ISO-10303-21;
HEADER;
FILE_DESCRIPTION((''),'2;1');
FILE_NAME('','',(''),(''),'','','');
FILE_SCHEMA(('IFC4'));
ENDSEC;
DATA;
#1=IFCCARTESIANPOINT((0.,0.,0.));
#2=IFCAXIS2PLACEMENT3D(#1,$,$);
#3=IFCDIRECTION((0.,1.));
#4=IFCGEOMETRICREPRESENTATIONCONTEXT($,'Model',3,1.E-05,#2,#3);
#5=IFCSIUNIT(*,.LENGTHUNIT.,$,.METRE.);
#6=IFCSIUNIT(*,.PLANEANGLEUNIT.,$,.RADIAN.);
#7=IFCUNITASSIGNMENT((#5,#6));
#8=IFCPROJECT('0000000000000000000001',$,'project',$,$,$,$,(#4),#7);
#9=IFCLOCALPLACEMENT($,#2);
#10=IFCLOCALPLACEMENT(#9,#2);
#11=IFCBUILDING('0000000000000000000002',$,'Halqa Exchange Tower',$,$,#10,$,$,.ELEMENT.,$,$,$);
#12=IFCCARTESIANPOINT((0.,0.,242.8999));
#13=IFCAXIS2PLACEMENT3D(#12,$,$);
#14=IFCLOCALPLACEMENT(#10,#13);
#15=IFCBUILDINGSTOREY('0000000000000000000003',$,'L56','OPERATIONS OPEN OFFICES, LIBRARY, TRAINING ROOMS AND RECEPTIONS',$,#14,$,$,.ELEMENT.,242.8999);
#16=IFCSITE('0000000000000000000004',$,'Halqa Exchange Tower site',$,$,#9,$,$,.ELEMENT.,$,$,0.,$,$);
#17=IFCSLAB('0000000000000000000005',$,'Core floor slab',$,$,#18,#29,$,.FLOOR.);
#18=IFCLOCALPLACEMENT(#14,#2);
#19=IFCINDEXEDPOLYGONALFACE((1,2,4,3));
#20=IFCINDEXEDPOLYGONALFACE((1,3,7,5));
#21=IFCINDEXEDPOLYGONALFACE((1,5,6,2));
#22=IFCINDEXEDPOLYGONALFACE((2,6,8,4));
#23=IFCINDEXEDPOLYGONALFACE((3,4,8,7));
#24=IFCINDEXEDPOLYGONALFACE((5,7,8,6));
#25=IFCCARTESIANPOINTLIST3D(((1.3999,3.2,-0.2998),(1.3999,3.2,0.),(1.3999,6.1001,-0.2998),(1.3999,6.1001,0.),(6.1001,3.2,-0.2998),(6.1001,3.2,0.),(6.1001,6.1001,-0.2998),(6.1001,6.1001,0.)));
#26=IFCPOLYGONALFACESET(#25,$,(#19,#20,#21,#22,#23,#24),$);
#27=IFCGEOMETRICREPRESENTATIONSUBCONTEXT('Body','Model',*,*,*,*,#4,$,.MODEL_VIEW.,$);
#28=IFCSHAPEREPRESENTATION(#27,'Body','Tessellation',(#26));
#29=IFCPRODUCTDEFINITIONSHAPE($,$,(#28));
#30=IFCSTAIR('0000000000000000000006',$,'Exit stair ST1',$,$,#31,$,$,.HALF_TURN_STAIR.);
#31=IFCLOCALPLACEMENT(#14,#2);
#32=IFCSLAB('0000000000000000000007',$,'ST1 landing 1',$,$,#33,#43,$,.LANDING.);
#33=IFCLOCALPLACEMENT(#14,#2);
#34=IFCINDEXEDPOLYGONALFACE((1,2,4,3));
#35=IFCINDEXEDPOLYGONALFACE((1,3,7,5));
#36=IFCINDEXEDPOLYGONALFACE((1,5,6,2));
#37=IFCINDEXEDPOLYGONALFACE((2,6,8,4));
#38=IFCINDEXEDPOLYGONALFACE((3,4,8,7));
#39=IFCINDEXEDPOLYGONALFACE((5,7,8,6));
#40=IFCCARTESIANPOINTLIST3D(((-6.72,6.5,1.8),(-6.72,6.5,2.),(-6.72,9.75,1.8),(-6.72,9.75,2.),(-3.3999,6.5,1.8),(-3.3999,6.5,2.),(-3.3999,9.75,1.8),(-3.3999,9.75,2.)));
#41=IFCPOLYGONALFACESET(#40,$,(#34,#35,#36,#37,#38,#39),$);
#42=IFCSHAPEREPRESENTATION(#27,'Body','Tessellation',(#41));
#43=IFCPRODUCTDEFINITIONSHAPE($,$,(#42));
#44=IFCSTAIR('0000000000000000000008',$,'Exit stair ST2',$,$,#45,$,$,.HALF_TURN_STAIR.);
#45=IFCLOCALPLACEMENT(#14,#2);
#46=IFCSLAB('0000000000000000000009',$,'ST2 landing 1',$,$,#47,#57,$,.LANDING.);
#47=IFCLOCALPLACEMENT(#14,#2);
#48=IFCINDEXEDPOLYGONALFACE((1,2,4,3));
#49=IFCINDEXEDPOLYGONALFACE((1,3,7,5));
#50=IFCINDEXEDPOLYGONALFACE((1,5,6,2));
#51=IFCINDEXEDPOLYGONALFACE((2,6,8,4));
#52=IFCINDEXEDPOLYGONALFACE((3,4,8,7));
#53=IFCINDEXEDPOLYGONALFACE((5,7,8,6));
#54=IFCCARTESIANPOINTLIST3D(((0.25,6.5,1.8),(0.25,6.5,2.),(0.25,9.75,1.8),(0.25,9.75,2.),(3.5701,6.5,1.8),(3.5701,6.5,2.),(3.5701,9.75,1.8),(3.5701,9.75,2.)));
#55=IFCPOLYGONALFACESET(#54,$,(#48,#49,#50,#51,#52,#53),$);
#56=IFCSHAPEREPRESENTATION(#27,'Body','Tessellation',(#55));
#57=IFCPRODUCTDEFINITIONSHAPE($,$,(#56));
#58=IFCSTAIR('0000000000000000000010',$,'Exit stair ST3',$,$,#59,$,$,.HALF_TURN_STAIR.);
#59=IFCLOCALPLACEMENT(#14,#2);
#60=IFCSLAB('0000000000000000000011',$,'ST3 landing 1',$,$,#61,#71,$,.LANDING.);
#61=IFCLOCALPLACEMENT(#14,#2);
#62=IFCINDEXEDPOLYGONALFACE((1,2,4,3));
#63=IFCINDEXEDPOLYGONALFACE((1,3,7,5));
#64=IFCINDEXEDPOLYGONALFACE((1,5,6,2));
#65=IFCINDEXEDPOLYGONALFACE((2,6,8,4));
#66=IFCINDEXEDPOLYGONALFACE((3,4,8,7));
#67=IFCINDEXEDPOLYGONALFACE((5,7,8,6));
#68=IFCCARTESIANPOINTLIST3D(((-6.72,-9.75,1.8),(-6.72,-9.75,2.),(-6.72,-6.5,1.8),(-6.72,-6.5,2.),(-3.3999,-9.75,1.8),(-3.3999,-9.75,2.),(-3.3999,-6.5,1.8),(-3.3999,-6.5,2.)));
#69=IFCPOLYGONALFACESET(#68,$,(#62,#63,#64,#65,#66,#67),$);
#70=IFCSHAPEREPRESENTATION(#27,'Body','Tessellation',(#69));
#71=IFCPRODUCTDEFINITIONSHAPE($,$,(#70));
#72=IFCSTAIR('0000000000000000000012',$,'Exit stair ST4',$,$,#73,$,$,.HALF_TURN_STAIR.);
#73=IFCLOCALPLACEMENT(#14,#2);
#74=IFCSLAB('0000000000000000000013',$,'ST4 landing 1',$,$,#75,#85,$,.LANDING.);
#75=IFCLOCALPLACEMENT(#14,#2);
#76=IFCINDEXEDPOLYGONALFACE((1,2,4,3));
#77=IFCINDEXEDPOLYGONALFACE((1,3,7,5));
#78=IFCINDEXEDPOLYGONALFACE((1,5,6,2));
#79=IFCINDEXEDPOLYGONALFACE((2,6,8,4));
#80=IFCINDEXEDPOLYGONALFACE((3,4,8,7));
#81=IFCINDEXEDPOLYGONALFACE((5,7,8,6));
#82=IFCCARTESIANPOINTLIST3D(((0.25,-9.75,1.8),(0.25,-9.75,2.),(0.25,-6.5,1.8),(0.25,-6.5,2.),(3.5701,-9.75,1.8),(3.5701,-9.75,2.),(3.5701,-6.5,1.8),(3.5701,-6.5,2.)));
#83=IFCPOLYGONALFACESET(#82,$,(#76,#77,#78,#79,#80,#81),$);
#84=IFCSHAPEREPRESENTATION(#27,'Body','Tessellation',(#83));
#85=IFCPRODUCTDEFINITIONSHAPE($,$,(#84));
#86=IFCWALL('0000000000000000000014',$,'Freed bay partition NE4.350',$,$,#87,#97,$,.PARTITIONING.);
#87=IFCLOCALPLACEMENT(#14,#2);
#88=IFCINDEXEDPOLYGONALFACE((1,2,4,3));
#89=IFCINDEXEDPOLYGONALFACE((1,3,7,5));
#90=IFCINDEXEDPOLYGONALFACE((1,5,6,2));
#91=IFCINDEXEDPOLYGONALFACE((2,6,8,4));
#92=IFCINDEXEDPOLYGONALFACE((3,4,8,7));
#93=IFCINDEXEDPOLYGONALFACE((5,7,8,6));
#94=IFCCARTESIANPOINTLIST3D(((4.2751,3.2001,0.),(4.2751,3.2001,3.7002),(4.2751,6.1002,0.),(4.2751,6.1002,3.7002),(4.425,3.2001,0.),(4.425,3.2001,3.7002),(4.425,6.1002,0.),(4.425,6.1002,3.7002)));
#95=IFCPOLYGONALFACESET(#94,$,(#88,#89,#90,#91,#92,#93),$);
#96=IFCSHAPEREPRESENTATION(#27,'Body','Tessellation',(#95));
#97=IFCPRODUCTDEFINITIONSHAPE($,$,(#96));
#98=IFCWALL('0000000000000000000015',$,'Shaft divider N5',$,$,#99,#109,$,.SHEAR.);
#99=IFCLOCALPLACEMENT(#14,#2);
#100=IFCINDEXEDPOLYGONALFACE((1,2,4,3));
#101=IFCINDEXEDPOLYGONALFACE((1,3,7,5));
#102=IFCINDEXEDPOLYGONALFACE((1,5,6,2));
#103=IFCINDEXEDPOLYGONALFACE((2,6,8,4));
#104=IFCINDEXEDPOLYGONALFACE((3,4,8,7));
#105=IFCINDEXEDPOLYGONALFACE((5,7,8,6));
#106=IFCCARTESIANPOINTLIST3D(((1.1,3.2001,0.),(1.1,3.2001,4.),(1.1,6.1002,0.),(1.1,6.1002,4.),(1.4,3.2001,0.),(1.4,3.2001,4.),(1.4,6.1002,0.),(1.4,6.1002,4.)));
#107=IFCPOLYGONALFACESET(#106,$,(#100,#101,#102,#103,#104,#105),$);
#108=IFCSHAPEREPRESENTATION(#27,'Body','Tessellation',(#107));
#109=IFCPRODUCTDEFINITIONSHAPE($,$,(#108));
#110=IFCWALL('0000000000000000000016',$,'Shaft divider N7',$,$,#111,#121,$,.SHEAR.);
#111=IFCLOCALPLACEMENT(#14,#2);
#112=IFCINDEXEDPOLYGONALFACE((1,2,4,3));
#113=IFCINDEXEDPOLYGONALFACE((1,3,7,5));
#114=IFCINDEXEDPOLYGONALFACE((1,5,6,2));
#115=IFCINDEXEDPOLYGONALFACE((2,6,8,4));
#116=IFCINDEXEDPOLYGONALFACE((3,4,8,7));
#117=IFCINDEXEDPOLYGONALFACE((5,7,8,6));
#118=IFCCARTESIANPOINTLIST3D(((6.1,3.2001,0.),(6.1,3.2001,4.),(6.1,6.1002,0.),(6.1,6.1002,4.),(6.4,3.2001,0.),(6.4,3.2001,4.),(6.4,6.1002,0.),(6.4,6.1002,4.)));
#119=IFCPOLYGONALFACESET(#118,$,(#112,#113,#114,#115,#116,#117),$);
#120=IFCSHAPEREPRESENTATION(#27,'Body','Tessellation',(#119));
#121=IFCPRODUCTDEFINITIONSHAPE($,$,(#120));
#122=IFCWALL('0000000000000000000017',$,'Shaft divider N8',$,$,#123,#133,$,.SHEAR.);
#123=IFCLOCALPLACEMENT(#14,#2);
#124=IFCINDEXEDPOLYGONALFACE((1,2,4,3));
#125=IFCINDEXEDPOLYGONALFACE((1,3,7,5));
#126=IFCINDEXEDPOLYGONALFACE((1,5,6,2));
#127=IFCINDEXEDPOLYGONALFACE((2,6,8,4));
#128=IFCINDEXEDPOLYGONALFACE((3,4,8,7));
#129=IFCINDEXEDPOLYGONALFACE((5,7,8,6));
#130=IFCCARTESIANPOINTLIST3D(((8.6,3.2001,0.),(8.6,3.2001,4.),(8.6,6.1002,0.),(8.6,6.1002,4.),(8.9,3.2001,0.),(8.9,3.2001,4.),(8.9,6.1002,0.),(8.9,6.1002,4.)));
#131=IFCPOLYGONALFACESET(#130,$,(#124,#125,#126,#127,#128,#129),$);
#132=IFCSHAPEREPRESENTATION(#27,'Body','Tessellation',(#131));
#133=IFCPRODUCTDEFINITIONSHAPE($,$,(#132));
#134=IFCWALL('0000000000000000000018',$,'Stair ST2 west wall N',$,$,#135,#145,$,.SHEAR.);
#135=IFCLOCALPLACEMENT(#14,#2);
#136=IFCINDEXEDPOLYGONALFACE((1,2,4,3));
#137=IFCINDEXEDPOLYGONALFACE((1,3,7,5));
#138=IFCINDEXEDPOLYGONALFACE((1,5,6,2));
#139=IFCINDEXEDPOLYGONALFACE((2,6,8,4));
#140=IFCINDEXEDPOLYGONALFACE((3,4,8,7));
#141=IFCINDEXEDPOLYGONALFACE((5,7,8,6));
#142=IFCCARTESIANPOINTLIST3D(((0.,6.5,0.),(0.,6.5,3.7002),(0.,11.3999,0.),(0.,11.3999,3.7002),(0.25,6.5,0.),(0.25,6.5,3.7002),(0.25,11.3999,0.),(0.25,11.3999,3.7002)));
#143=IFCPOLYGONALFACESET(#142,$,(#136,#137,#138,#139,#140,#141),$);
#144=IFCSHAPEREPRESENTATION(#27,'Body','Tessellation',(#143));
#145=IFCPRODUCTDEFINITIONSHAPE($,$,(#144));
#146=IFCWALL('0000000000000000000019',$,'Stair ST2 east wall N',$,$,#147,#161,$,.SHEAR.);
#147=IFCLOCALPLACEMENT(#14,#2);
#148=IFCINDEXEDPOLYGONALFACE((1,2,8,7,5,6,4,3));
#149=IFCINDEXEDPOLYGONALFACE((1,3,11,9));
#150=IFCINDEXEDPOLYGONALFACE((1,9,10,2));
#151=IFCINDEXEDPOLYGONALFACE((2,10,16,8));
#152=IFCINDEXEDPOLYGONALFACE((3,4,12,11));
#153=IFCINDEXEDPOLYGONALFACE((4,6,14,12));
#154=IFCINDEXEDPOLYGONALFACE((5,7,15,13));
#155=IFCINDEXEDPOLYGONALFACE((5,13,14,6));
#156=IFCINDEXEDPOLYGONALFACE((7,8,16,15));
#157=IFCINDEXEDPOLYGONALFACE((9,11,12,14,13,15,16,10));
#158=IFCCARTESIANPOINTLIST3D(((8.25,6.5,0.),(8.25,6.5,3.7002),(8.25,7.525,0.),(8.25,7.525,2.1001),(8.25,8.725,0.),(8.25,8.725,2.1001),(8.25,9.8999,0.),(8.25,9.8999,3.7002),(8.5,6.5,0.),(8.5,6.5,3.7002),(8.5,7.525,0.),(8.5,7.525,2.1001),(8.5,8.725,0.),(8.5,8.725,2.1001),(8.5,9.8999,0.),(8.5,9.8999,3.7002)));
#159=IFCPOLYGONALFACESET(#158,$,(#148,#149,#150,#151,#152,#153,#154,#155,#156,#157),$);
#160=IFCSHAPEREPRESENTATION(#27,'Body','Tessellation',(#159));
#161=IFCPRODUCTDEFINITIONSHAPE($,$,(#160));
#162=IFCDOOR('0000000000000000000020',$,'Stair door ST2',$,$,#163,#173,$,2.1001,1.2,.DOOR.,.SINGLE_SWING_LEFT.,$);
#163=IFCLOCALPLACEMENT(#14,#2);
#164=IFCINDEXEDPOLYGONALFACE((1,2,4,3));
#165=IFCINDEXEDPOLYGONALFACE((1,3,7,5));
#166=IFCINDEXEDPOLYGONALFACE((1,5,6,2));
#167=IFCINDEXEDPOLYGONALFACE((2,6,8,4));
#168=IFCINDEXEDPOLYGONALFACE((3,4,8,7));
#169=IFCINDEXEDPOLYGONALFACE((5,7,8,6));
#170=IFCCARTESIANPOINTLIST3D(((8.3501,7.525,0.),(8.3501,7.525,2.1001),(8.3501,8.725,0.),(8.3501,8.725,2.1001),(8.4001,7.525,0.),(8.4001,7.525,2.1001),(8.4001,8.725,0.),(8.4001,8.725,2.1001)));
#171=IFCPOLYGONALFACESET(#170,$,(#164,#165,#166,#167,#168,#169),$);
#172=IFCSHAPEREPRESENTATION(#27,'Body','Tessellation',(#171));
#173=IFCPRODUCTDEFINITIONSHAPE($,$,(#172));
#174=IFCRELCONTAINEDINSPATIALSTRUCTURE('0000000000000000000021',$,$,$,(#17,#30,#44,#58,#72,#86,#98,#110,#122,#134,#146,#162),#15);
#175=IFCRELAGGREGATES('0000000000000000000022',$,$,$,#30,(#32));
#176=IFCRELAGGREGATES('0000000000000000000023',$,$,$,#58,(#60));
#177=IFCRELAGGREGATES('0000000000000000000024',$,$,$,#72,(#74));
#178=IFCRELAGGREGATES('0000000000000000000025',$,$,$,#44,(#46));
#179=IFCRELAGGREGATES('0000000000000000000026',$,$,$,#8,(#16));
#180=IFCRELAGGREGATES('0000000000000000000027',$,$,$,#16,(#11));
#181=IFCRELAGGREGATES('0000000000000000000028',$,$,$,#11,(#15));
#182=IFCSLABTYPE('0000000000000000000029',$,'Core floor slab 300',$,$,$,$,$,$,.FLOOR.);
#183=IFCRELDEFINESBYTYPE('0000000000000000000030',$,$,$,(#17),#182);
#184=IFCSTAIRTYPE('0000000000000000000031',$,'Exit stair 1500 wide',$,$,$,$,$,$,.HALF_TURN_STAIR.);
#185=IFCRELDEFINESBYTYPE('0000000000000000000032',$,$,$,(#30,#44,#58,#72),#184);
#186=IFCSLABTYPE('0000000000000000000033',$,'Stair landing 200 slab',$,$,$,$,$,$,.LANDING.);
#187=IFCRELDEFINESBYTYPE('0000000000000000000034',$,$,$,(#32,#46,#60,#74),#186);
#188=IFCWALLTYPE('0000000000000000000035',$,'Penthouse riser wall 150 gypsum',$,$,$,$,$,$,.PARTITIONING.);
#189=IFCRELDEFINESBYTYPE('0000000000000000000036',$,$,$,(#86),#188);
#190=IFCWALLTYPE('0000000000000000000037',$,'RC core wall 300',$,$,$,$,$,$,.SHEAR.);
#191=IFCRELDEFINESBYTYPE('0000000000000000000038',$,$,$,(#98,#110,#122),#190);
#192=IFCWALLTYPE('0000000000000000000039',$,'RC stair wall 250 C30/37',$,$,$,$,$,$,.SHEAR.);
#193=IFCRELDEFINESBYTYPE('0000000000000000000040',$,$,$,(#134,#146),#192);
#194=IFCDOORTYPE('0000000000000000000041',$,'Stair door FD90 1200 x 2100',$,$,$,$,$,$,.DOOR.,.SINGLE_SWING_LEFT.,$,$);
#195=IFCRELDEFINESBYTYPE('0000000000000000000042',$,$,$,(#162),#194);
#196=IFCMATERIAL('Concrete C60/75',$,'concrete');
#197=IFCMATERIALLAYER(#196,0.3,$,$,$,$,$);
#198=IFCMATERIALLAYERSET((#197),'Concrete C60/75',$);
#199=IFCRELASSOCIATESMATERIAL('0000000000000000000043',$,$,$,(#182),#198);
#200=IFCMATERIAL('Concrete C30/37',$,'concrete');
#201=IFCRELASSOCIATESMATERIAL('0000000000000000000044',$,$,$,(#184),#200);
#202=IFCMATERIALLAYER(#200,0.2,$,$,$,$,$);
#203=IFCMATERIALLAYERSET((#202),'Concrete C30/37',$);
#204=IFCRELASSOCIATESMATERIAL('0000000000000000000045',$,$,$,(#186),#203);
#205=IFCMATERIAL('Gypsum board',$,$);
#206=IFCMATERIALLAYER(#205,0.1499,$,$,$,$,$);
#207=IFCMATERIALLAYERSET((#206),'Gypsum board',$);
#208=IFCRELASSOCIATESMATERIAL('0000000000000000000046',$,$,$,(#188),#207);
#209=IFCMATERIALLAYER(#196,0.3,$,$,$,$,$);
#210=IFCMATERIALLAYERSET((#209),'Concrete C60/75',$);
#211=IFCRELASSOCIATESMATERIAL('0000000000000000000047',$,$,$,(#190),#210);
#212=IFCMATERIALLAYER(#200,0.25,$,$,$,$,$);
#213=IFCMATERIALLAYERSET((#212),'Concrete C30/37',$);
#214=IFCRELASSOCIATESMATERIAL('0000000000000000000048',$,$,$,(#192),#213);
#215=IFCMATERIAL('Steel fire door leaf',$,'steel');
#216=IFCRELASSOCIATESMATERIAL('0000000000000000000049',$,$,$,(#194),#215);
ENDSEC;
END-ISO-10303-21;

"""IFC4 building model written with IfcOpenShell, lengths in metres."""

from ifc_helpers import new_model, si_unit, direction, frame, frame_2d, origin, place, context, subcontext, project, spatial, polyline, rectangle, outline, extrude, material, layer, layer_set, type_object, element, fill, aggregate, save


model = new_model("IFC4")

# Units and contexts
model_context = context("Model", 3, precision=1e-05, world=origin(), true_north=direction((0.0, 1.0)))
body_context = subcontext(model_context, "Body", "Model", "MODEL_VIEW")
ifc_project = project(units=[si_unit("LENGTHUNIT", "METRE"), si_unit("PLANEANGLEUNIT", "RADIAN")], contexts=[model_context])

# Site, building, storey
site_placement = place(None, origin())
site = spatial("IfcSite", under=ifc_project, at=site_placement, Name="Halqa Exchange Tower site", CompositionType="ELEMENT", RefElevation=0.0)
building_placement = place(site_placement, origin())
building = spatial("IfcBuilding", under=site, at=building_placement, Name="Halqa Exchange Tower", CompositionType="ELEMENT")
storey_placement = place(building_placement, frame((0.0, 0.0, 242.8999)))
storey = spatial("IfcBuildingStorey", under=building, at=storey_placement, Name="L56", Description="OPERATIONS OPEN OFFICES, LIBRARY, TRAINING ROOMS AND RECEPTIONS", CompositionType="ELEMENT", Elevation=242.8999)

# Slab
ifc_material_1 = material(Name="Concrete C60/75", Category="concrete")
ifc_layer_1 = layer(ifc_material_1, 0.3)
ifc_layer_set_1 = layer_set([ifc_layer_1], Name="Concrete C60/75")
slab_type_1 = type_object("IfcSlabType", Name="Core floor slab 300", PredefinedType="FLOOR", material=ifc_layer_set_1)
slab_1_placement = place(storey_placement, frame((0.0, 0.0, -0.2998)))
element("IfcSlab", 1, at=slab_1_placement, inside=storey, type_object=slab_type_1, Name="Core floor slab", PredefinedType="FLOOR", context=body_context, shape_type="SweptSolid", body=[
    extrude(outline(polyline([(6.1001, 6.1001), (6.1001, 3.2), (1.3999, 3.2), (1.3999, 6.1001), (6.1001, 6.1001)])), origin(), (0.0, 0.0, 1.0), 0.2998),
])

# Stairs, slabs
ifc_material_2 = material(Name="Concrete C30/37", Category="concrete")
stair_type = type_object("IfcStairType", Name="Exit stair 1500 wide", PredefinedType="HALF_TURN_STAIR", material=ifc_material_2)
stair_1_placement = place(storey_placement, origin())
stair_1 = element("IfcStair", 2, at=stair_1_placement, inside=storey, type_object=stair_type, Name="Exit stair ST1", PredefinedType="HALF_TURN_STAIR")
ifc_layer_2 = layer(ifc_material_2, 0.2)
ifc_layer_set_2 = layer_set([ifc_layer_2], Name="Concrete C30/37")
slab_type_2 = type_object("IfcSlabType", Name="Stair landing 200 slab", PredefinedType="LANDING", material=ifc_layer_set_2)
slab_2_placement = place(storey_placement, frame((0.0, 0.0, 1.8)))
slab_2 = element("IfcSlab", 3, at=slab_2_placement, type_object=slab_type_2, Name="ST1 landing 1", PredefinedType="LANDING", context=body_context, shape_type="SweptSolid", body=[
    extrude(outline(polyline([(-6.72, 6.5), (-3.3999, 6.5), (-3.3999, 9.75), (-6.72, 9.75), (-6.72, 6.5)])), origin(), (0.0, 0.0, 1.0), 0.2),
])
aggregate(stair_1, [slab_2])
stair_2_placement = place(storey_placement, origin())
stair_2 = element("IfcStair", 4, at=stair_2_placement, inside=storey, type_object=stair_type, Name="Exit stair ST2", PredefinedType="HALF_TURN_STAIR")
slab_3_placement = place(storey_placement, frame((0.0, 0.0, 1.8)))
slab_3 = element("IfcSlab", 5, at=slab_3_placement, type_object=slab_type_2, Name="ST2 landing 1", PredefinedType="LANDING", context=body_context, shape_type="SweptSolid", body=[
    extrude(outline(polyline([(0.25, 6.5), (3.5701, 6.5), (3.5701, 9.75), (0.25, 9.75), (0.25, 6.5)])), origin(), (0.0, 0.0, 1.0), 0.2),
])
stair_3_placement = place(storey_placement, origin())
stair_3 = element("IfcStair", 6, at=stair_3_placement, inside=storey, type_object=stair_type, Name="Exit stair ST3", PredefinedType="HALF_TURN_STAIR")
slab_4_placement = place(storey_placement, frame((0.0, 0.0, 1.8)))
slab_4 = element("IfcSlab", 7, at=slab_4_placement, type_object=slab_type_2, Name="ST3 landing 1", PredefinedType="LANDING", context=body_context, shape_type="SweptSolid", body=[
    extrude(outline(polyline([(-6.72, -9.75), (-3.3999, -9.75), (-3.3999, -6.5), (-6.72, -6.5), (-6.72, -9.75)])), origin(), (0.0, 0.0, 1.0), 0.2),
])
aggregate(stair_3, [slab_4])
stair_4_placement = place(storey_placement, origin())
stair_4 = element("IfcStair", 8, at=stair_4_placement, inside=storey, type_object=stair_type, Name="Exit stair ST4", PredefinedType="HALF_TURN_STAIR")
slab_5_placement = place(storey_placement, frame((0.0, 0.0, 1.8)))
slab_5 = element("IfcSlab", 9, at=slab_5_placement, type_object=slab_type_2, Name="ST4 landing 1", PredefinedType="LANDING", context=body_context, shape_type="SweptSolid", body=[
    extrude(outline(polyline([(0.25, -9.75), (3.5701, -9.75), (3.5701, -6.5), (0.25, -6.5), (0.25, -9.75)])), origin(), (0.0, 0.0, 1.0), 0.2),
])
aggregate(stair_4, [slab_5])

# Walls
ifc_material_3 = material(Name="Gypsum board")
ifc_layer_3 = layer(ifc_material_3, 0.1499)
ifc_layer_set_3 = layer_set([ifc_layer_3], Name="Gypsum board")
wall_type_1 = type_object("IfcWallType", Name="Penthouse riser wall 150 gypsum", PredefinedType="PARTITIONING", material=ifc_layer_set_3)
wall_1_placement = place(storey_placement, frame((4.3501, 3.2, 0.0), z_axis=(0.0, 0.0, 1.0), x_axis=(0.0, 1.0, 0.0)))
element("IfcWall", 10, at=wall_1_placement, inside=storey, type_object=wall_type_1, Name="Freed bay partition NE4.350", PredefinedType="PARTITIONING", context=body_context, shape_type="SweptSolid", body=[
    extrude(rectangle(XDim=2.9001, YDim=0.1499, at=frame_2d((1.4502, 0.0))), origin(), (0.0, 0.0, 1.0), 3.7002),
])
ifc_layer_4 = layer(ifc_material_1, 0.3)
ifc_layer_set_4 = layer_set([ifc_layer_4], Name="Concrete C60/75")
wall_type_2 = type_object("IfcWallType", Name="RC core wall 300", PredefinedType="SHEAR", material=ifc_layer_set_4)
for number, where, z_axis, x_axis, name in (
    (11, (1.25, 3.2, 0.0), (0.0, 0.0, 1.0), (0.0, 1.0, 0.0), "Shaft divider N5"),
    (12, (6.25, 3.2, 0.0), (0.0, 0.0, 1.0), (0.0, 1.0, 0.0), "Shaft divider N7"),
    (13, (8.75, 3.2, 0.0), (0.0, 0.0, 1.0), (0.0, 1.0, 0.0), "Shaft divider N8"),
):
    element("IfcWall", number, at=place(storey_placement, frame(where, z_axis=z_axis, x_axis=x_axis)), inside=storey, type_object=wall_type_2, Name=name, PredefinedType="SHEAR", context=body_context, shape_type="SweptSolid", body=[
        extrude(rectangle(XDim=2.9001, YDim=0.3, at=frame_2d((1.4502, 0.0))), origin(), (0.0, 0.0, 1.0), 4.0),
    ])
ifc_layer_5 = layer(ifc_material_2, 0.25)
ifc_layer_set_5 = layer_set([ifc_layer_5], Name="Concrete C30/37")
wall_type_3 = type_object("IfcWallType", Name="RC stair wall 250 C30/37", PredefinedType="SHEAR", material=ifc_layer_set_5)
wall_2_placement = place(storey_placement, frame((0.125, 6.5, 0.0), z_axis=(0.0, 0.0, 1.0), x_axis=(0.0, 1.0, 0.0)))
element("IfcWall", 14, at=wall_2_placement, inside=storey, type_object=wall_type_3, Name="Stair ST2 west wall N", PredefinedType="SHEAR", context=body_context, shape_type="SweptSolid", body=[
    extrude(rectangle(XDim=4.8999, YDim=0.25, at=frame_2d((2.45, 0.0))), origin(), (0.0, 0.0, 1.0), 3.7002),
])

# Wall, opening, door
wall_3_placement = place(storey_placement, frame((8.375, 6.5, 0.0), z_axis=(0.0, 0.0, 1.0), x_axis=(0.0, 1.0, 0.0)))
wall_3 = element("IfcWall", 15, at=wall_3_placement, inside=storey, type_object=wall_type_3, Name="Stair ST2 east wall N", PredefinedType="SHEAR", context=body_context, shape_type="SweptSolid", body=[
    extrude(rectangle(XDim=3.3999, YDim=0.25, at=frame_2d((1.7, 0.0))), origin(), (0.0, 0.0, 1.0), 3.7002),
])
opening_placement = place(wall_3_placement, frame((1.0249, 0.0, 0.0)))
opening = element("IfcOpeningElement", 16, at=opening_placement, cuts=wall_3, PredefinedType="OPENING", context=body_context, shape_type="SweptSolid", body=[
    extrude(rectangle(XDim=1.2, YDim=2.1001, at=frame_2d((0.6001, 1.05))), frame((0.0, 0.137, 0.0), z_axis=(0.0, -1.0, 0.0), x_axis=(1.0, 0.0, 0.0)), (0.0, 0.0, 1.0), 0.2739),
])
ifc_material_4 = material(Name="Steel fire door leaf", Category="steel")
door_type = type_object("IfcDoorType", Name="Stair door FD90 1200 x 2100", OperationType="SINGLE_SWING_LEFT", PredefinedType="DOOR", material=ifc_material_4)
door_placement = place(opening_placement, origin())
door = element("IfcDoor", 17, at=door_placement, inside=storey, type_object=door_type, Name="Stair door ST2", OperationType="SINGLE_SWING_LEFT", OverallHeight=2.1001, OverallWidth=1.2, PredefinedType="DOOR", context=body_context, shape_type="SweptSolid", body=[
    extrude(rectangle(XDim=1.2, YDim=2.1001, at=frame_2d((0.6001, 1.05))), frame((0.0, 0.0249, 0.0), z_axis=(0.0, -1.0, 0.0), x_axis=(1.0, 0.0, 0.0)), (0.0, 0.0, 1.0), 0.05),
])
fill(opening, door)

aggregate(stair_2, [slab_3])

save(model, "model.ifc")
